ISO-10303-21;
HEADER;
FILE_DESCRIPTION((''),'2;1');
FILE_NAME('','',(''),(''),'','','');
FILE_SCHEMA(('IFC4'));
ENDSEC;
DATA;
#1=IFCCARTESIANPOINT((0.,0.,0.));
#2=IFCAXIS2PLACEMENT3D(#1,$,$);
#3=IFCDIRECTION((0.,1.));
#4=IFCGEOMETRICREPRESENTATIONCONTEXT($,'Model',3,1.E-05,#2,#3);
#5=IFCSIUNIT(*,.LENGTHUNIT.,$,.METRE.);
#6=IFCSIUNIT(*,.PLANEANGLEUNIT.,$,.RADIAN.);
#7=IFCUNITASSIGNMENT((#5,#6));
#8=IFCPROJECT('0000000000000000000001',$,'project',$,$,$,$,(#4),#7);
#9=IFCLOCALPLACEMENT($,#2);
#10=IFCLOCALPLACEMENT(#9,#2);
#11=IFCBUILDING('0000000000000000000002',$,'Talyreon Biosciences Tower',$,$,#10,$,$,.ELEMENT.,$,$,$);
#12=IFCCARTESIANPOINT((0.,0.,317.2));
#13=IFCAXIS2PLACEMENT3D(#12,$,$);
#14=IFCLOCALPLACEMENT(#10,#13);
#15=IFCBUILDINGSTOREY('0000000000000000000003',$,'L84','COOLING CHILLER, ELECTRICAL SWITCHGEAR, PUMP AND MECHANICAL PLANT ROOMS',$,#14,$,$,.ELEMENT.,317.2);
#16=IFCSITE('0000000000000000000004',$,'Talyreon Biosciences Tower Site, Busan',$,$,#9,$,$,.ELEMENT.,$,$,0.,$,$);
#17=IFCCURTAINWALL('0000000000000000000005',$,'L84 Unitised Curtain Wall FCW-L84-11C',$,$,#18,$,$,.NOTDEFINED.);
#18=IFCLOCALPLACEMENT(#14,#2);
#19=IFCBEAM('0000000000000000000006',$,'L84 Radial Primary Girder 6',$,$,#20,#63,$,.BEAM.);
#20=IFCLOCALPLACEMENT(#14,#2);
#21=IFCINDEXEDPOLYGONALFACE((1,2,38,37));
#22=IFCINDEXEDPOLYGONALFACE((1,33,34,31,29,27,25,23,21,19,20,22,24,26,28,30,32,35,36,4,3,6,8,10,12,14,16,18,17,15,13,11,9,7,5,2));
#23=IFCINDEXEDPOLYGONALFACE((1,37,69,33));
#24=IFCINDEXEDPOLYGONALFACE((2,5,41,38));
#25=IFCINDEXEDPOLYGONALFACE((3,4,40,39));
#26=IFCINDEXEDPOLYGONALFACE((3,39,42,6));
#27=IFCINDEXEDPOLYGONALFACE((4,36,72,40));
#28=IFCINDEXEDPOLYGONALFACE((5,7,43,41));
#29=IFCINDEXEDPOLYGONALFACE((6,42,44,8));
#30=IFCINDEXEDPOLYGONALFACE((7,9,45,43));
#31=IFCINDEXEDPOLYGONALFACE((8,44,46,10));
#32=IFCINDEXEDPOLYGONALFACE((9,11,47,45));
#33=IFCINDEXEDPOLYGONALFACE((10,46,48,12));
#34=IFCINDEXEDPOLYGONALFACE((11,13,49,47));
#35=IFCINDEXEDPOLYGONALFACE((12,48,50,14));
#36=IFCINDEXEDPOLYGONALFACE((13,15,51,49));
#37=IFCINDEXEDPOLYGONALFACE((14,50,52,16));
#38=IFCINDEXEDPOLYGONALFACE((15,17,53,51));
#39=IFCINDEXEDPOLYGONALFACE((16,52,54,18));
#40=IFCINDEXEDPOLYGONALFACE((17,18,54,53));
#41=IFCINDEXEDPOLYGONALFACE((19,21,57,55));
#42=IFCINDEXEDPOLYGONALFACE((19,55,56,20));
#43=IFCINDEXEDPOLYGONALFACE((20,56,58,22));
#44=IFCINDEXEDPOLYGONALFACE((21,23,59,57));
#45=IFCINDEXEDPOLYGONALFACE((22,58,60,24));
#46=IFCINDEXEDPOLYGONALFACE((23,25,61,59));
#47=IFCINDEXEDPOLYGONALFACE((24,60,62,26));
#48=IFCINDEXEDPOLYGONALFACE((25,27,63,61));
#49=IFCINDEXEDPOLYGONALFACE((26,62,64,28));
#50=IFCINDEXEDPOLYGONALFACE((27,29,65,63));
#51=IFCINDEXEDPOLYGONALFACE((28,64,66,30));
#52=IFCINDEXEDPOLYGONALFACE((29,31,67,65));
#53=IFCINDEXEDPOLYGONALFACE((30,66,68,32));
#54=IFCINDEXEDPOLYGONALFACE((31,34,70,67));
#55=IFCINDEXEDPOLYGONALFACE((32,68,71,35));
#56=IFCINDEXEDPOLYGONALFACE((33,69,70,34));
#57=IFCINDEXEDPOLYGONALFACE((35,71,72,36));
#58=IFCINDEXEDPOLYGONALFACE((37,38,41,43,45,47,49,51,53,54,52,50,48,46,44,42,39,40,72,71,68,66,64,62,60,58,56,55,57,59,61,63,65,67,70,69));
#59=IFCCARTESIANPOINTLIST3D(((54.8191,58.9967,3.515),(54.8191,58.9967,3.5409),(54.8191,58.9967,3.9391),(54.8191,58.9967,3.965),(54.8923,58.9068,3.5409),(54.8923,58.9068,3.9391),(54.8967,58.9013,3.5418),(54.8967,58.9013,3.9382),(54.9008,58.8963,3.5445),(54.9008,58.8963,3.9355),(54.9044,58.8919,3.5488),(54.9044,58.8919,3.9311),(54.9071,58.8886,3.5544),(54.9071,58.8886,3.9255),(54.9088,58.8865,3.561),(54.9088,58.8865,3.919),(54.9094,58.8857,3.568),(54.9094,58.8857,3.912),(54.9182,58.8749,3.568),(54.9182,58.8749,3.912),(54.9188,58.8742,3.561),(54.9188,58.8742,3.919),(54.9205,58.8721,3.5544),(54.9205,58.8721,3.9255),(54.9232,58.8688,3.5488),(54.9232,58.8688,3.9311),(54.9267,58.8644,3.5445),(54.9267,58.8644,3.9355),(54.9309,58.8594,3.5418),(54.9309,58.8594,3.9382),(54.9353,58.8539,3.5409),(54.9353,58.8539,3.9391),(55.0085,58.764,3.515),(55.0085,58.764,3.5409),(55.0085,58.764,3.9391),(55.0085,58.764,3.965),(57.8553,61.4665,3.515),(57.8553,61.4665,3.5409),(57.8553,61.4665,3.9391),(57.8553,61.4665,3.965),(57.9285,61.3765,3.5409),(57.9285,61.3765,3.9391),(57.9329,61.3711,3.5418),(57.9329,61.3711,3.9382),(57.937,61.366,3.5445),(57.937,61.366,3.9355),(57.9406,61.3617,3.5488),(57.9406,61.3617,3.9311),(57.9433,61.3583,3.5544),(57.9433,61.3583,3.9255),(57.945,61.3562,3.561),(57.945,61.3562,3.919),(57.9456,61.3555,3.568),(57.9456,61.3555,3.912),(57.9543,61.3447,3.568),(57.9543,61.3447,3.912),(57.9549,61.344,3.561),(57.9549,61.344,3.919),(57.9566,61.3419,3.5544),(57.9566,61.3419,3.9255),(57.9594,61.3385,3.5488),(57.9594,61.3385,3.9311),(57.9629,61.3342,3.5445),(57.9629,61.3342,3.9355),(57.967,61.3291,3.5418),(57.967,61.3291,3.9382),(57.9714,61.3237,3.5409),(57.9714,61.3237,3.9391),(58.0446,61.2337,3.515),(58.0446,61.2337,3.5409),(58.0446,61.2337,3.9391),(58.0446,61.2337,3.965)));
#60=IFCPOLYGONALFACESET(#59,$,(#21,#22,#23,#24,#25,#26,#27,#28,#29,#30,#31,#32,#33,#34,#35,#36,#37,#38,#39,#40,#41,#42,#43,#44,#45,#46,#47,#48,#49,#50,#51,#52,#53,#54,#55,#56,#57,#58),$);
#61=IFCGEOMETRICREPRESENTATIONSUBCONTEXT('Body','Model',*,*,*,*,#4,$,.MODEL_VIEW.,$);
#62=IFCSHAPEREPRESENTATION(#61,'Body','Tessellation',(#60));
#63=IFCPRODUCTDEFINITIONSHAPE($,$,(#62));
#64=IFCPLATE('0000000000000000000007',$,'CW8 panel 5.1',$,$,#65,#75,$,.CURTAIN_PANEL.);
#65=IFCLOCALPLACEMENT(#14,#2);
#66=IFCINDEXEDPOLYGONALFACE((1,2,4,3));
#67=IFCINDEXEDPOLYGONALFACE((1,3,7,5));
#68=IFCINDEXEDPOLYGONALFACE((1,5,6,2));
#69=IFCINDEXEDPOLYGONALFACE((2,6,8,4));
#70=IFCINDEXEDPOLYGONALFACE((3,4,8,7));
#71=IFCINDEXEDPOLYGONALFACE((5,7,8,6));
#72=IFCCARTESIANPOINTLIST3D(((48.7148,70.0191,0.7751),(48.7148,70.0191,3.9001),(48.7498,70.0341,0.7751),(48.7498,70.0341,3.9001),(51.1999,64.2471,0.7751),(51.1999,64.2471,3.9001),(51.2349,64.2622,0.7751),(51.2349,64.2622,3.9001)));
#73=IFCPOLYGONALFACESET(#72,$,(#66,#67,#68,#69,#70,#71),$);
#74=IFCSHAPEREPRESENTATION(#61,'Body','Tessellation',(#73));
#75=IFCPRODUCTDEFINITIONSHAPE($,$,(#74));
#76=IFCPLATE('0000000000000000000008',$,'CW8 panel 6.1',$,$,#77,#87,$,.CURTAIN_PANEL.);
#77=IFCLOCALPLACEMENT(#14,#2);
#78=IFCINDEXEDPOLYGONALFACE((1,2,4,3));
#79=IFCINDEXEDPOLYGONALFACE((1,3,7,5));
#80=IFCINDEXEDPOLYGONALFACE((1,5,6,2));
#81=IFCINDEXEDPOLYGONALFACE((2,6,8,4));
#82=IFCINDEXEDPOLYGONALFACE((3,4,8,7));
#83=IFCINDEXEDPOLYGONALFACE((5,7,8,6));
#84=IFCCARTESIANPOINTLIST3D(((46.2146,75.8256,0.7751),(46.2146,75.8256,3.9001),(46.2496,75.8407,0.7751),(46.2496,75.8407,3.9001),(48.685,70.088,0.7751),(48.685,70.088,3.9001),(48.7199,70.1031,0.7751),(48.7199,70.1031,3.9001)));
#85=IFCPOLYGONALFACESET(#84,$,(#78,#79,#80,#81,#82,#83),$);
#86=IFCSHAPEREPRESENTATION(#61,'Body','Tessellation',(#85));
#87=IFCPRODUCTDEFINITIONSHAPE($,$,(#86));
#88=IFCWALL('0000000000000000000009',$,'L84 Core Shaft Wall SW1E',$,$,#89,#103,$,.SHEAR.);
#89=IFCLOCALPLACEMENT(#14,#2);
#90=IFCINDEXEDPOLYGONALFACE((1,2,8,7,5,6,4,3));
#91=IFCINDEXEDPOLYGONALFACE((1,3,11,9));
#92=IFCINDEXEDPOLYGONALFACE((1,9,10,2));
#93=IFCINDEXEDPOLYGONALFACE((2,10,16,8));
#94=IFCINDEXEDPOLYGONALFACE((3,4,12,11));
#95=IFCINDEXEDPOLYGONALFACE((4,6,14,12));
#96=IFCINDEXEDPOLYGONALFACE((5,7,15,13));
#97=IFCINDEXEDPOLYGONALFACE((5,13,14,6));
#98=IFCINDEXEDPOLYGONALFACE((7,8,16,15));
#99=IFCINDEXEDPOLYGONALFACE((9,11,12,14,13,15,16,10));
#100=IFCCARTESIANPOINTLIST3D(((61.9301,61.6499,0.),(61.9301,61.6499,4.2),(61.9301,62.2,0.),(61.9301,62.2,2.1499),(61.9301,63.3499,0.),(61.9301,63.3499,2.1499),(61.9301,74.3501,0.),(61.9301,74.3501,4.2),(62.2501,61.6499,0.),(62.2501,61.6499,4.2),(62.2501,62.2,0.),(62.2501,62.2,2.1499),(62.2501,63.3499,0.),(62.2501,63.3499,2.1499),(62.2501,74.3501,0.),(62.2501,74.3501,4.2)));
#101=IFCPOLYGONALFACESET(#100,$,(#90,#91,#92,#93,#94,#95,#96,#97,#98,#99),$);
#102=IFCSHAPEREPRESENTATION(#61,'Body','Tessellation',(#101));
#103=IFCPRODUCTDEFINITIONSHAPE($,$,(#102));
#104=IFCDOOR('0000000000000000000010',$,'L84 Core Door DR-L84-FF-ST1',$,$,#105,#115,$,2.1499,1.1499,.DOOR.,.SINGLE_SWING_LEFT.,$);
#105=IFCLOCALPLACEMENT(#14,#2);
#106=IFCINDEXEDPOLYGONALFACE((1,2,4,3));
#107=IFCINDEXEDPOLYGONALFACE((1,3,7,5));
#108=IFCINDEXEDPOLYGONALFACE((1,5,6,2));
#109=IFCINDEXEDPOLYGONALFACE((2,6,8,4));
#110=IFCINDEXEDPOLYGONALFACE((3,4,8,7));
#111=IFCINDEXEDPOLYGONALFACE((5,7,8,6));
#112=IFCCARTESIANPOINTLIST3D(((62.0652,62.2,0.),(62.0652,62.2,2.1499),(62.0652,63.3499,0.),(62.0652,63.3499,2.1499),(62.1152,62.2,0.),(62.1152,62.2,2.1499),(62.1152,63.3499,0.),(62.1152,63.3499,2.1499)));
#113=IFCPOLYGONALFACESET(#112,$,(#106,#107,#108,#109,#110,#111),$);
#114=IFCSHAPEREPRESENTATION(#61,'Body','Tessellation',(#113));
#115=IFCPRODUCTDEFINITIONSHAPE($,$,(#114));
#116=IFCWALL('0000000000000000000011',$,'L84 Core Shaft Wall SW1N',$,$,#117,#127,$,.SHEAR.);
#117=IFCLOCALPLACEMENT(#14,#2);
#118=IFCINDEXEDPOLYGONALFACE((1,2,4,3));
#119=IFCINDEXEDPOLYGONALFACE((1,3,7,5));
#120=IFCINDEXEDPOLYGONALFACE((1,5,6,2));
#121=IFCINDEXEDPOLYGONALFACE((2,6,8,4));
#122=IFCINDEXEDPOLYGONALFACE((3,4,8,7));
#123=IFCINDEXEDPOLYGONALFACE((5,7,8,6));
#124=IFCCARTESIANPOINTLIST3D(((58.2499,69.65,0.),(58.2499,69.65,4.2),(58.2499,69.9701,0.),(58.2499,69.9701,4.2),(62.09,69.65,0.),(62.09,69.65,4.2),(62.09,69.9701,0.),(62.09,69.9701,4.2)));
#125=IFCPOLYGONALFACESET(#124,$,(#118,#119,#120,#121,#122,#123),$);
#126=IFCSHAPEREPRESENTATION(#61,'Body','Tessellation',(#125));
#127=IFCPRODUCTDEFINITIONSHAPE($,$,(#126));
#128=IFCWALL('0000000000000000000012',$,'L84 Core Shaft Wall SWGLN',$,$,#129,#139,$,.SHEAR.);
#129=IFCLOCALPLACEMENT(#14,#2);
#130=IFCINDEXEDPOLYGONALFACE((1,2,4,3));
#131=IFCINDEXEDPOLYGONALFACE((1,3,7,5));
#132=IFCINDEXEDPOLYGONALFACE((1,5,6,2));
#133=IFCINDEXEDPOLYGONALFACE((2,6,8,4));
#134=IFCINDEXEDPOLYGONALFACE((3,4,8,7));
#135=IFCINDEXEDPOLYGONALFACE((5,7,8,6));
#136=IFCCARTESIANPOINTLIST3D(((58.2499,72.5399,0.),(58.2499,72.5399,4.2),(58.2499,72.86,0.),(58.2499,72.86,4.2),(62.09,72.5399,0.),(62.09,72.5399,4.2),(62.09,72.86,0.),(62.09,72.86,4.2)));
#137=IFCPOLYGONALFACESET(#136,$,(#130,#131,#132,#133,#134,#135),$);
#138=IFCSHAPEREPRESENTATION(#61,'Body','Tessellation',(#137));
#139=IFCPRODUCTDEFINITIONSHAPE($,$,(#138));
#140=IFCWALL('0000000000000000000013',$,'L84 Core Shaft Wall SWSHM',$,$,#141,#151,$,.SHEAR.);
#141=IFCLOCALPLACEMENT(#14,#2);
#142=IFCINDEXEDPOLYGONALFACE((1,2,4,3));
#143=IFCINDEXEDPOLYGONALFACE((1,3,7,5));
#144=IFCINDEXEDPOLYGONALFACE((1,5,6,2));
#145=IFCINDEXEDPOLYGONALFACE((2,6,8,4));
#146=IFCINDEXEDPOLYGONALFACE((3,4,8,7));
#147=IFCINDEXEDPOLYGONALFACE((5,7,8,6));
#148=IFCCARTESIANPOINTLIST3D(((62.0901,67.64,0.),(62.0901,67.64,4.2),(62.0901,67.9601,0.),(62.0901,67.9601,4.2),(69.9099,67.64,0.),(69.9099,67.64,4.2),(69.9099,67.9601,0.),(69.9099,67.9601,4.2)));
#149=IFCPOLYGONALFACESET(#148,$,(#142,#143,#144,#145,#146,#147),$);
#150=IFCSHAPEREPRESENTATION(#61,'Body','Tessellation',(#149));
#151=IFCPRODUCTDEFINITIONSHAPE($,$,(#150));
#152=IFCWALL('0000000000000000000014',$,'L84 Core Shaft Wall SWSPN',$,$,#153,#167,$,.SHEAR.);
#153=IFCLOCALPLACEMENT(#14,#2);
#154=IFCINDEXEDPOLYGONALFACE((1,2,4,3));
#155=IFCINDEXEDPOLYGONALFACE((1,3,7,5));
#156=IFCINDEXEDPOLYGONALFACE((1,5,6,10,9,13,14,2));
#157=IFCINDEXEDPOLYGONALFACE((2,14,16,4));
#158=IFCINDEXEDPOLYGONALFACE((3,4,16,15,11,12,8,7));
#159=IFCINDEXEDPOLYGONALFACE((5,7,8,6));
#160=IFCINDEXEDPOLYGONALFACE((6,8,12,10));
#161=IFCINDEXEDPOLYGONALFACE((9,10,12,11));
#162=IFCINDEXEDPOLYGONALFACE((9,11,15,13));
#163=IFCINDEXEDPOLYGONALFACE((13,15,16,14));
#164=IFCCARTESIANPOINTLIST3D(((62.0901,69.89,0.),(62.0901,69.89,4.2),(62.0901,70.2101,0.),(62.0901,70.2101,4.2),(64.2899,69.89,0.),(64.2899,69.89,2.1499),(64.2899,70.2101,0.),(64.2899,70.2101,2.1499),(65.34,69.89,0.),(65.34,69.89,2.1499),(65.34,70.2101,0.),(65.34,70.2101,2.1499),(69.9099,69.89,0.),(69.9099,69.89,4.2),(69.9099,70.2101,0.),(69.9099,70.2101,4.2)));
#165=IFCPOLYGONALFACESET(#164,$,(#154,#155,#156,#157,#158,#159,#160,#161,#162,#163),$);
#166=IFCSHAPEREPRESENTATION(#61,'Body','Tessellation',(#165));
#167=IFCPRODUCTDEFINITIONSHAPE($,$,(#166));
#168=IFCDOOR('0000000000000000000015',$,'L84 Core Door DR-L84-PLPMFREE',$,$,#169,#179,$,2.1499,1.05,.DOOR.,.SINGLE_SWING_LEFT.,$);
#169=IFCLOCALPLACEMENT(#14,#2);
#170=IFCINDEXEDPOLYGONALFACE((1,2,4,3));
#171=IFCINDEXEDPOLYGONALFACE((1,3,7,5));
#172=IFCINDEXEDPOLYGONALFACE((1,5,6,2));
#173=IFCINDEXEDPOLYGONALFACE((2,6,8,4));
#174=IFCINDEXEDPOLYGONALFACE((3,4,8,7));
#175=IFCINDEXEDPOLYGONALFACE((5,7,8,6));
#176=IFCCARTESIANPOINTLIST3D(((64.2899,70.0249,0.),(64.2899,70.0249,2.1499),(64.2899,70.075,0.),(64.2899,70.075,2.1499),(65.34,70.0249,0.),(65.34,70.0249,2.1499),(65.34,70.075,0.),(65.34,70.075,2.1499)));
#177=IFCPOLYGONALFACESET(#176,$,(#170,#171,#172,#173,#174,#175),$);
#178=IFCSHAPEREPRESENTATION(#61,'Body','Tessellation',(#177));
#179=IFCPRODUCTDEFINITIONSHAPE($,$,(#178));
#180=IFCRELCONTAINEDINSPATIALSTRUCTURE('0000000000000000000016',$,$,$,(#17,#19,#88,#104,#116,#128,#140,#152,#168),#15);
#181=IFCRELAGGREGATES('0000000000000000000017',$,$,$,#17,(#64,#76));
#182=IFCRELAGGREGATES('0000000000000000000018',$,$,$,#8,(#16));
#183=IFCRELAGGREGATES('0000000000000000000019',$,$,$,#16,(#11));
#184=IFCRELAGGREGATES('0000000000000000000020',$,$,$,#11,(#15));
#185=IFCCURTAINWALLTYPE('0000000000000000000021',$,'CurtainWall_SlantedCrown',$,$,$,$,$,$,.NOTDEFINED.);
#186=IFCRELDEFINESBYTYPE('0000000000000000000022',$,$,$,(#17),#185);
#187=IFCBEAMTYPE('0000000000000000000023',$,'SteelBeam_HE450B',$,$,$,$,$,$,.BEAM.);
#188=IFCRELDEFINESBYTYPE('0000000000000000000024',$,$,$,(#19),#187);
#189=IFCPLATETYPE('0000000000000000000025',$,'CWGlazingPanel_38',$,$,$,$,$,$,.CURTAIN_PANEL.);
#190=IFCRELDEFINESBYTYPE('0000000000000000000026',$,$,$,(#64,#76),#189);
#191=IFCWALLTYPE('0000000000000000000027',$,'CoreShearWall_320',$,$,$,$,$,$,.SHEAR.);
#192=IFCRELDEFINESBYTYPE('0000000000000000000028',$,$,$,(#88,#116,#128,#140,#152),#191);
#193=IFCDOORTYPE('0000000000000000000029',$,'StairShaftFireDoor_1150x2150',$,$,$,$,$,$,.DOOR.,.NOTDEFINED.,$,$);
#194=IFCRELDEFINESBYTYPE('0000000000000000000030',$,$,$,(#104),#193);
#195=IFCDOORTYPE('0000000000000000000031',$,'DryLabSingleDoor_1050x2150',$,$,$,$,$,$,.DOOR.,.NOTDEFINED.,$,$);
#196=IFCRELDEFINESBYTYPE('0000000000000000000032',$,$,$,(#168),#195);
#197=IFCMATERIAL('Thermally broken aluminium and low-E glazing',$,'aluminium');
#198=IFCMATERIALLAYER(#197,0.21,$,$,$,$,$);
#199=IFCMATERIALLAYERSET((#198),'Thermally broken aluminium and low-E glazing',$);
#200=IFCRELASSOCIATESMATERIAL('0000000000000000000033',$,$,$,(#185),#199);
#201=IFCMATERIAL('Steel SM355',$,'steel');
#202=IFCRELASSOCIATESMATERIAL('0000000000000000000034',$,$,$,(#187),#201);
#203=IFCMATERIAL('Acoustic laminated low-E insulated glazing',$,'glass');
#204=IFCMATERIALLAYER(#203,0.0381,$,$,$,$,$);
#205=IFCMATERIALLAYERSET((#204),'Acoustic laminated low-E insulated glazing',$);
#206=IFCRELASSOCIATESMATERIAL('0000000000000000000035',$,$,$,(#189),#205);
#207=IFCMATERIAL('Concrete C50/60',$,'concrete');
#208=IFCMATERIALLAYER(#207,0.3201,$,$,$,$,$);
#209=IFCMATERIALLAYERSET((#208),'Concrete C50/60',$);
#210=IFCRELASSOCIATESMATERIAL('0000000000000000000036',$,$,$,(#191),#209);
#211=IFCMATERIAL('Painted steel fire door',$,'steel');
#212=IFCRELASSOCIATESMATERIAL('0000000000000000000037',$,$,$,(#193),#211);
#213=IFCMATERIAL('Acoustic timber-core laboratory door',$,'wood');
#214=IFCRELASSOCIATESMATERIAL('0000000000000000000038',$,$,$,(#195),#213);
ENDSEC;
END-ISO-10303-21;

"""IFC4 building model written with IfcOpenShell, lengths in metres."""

from ifc_helpers import new_model, si_unit, direction, frame, frame_2d, origin, origin_2d, place, context, subcontext, project, spatial, rectangle, i_section, extrude, material, layer, layer_set, material_profile, profile_set, type_object, element, fill, aggregate, save


model = new_model("IFC4")

# Units and contexts
model_context = context("Model", 3, precision=1e-05, world=origin(), true_north=direction((0.0, 1.0)))
body_context = subcontext(model_context, "Body", "Model", "MODEL_VIEW")
ifc_project = project(units=[si_unit("LENGTHUNIT", "METRE"), si_unit("PLANEANGLEUNIT", "RADIAN")], contexts=[model_context])

# Site, building, storey
site_placement = place(None, origin())
site = spatial("IfcSite", under=ifc_project, at=site_placement, Name="Talyreon Biosciences Tower Site, Busan", CompositionType="ELEMENT", RefElevation=0.0)
building_placement = place(site_placement, origin())
building = spatial("IfcBuilding", under=site, at=building_placement, Name="Talyreon Biosciences Tower", CompositionType="ELEMENT")
storey_placement = place(building_placement, frame((0.0, 0.0, 317.2)))
storey = spatial("IfcBuildingStorey", under=building, at=storey_placement, Name="L84", Description="COOLING CHILLER, ELECTRICAL SWITCHGEAR, PUMP AND MECHANICAL PLANT ROOMS", CompositionType="ELEMENT", Elevation=317.2)

# Shared definitions
ifc_material_1 = material(Name="Concrete C50/60", Category="concrete")

# Curtain wall
ifc_material_2 = material(Name="Thermally broken aluminium and low-E glazing", Category="aluminium")
ifc_layer_1 = layer(ifc_material_2, 0.21)
ifc_layer_set_1 = layer_set([ifc_layer_1], Name="Thermally broken aluminium and low-E glazing")
curtain_wall_type = type_object("IfcCurtainWallType", Name="CurtainWall_SlantedCrown", PredefinedType="NOTDEFINED", material=ifc_layer_set_1)
curtain_wall_placement = place(storey_placement, origin())
curtain_wall = element("IfcCurtainWall", 1, at=curtain_wall_placement, inside=storey, type_object=curtain_wall_type, Name="L84 Unitised Curtain Wall FCW-L84-11C", PredefinedType="NOTDEFINED")

# Beam
ifc_material_3 = material(Name="Steel SM355", Category="steel")
ifc_material_profile_1 = material_profile(ifc_material_3, i_section(OverallWidth=0.3, OverallDepth=0.45, WebThickness=0.0139, FlangeThickness=0.0259, FilletRadius=0.0271, at=origin_2d()), Name="HE450B")
ifc_profile_set_1 = profile_set([ifc_material_profile_1], Name="Steel SM355")
beam_type = type_object("IfcBeamType", Name="SteelBeam_HE450B", PredefinedType="BEAM", material=ifc_profile_set_1)
beam_1_placement = place(storey_placement, frame((57.95, 61.3501, 3.74), z_axis=(-0.775755, -0.631034, 0.0), x_axis=(0.631034, -0.775755, 0.0)))
element("IfcBeam", 2, at=beam_1_placement, inside=storey, type_object=beam_type, Name="L84 Radial Primary Girder 6", PredefinedType="BEAM", context=body_context, shape_type="SweptSolid", body=[
    extrude(i_section(OverallWidth=0.3, OverallDepth=0.45, WebThickness=0.0139, FlangeThickness=0.0259, FilletRadius=0.0271, at=origin_2d()), origin(), (0.0, 0.0, 1.0), 3.9138),
])

# Plates
ifc_material_4 = material(Name="Acoustic laminated low-E insulated glazing", Category="glass")
ifc_layer_2 = layer(ifc_material_4, 0.0381)
ifc_layer_set_2 = layer_set([ifc_layer_2], Name="Acoustic laminated low-E insulated glazing")
plate_type = type_object("IfcPlateType", Name="CWGlazingPanel_38", PredefinedType="CURTAIN_PANEL", material=ifc_layer_set_2)
plate_1_placement = place(storey_placement, frame((49.9749, 67.1406, 0.7751), z_axis=(0.0, 0.0, 1.0), x_axis=(-0.395451, 0.918487, 0.0)))
plate_1 = element("IfcPlate", 3, at=plate_1_placement, type_object=plate_type, Name="CW8 panel 5.1", PredefinedType="CURTAIN_PANEL", context=body_context, shape_type="SweptSolid", body=[
    extrude(rectangle(XDim=6.2842, YDim=0.0381, at=origin_2d()), origin(), (0.0, 0.0, 1.0), 3.125),
])
plate_2_placement = place(storey_placement, frame((47.4673, 72.9644, 0.7751), z_axis=(0.0, 0.0, 1.0), x_axis=(-0.395451, 0.918487, 0.0)))
plate_2 = element("IfcPlate", 4, at=plate_2_placement, type_object=plate_type, Name="CW8 panel 6.1", PredefinedType="CURTAIN_PANEL", context=body_context, shape_type="SweptSolid", body=[
    extrude(rectangle(XDim=6.2468, YDim=0.0381, at=origin_2d()), origin(), (0.0, 0.0, 1.0), 3.125),
])
aggregate(curtain_wall, [plate_1, plate_2])

# Wall, opening, door
ifc_layer_3 = layer(ifc_material_1, 0.3201)
ifc_layer_set_3 = layer_set([ifc_layer_3], Name="Concrete C50/60")
wall_type_1 = type_object("IfcWallType", Name="CoreShearWall_320", PredefinedType="SHEAR", material=ifc_layer_set_3)
wall_1_placement = place(storey_placement, frame((62.0901, 61.6499, 0.0), z_axis=(0.0, 0.0, 1.0), x_axis=(0.0, 1.0, 0.0)))
wall_1 = element("IfcWall", 5, at=wall_1_placement, inside=storey, type_object=wall_type_1, Name="L84 Core Shaft Wall SW1E", PredefinedType="SHEAR", context=body_context, shape_type="SweptSolid", body=[
    extrude(rectangle(XDim=12.7002, YDim=0.3201, at=frame_2d((6.3501, 0.0))), origin(), (0.0, 0.0, 1.0), 4.2),
])
opening_1_placement = place(wall_1_placement, frame((0.55, 0.0, 0.0)))
opening_1 = element("IfcOpeningElement", 6, at=opening_1_placement, cuts=wall_1, PredefinedType="OPENING", context=body_context, shape_type="SweptSolid", body=[
    extrude(rectangle(XDim=1.1499, YDim=2.1499, at=frame_2d((0.575, 1.075))), frame((0.0, 0.1699, 0.0), z_axis=(0.0, -1.0, 0.0), x_axis=(1.0, 0.0, 0.0)), (0.0, 0.0, 1.0), 0.3401),
])
ifc_material_5 = material(Name="Painted steel fire door", Category="steel")
door_type_1 = type_object("IfcDoorType", Name="StairShaftFireDoor_1150x2150", OperationType="NOTDEFINED", PredefinedType="DOOR", material=ifc_material_5)
door_1_placement = place(opening_1_placement, origin())
door_1 = element("IfcDoor", 7, at=door_1_placement, inside=storey, type_object=door_type_1, Name="L84 Core Door DR-L84-FF-ST1", OperationType="SINGLE_SWING_LEFT", OverallHeight=2.1499, OverallWidth=1.1499, PredefinedType="DOOR", context=body_context, shape_type="SweptSolid", body=[
    extrude(rectangle(XDim=1.1499, YDim=2.1499, at=frame_2d((0.575, 1.075))), frame((0.0, 0.0249, 0.0), z_axis=(0.0, -1.0, 0.0), x_axis=(1.0, 0.0, 0.0)), (0.0, 0.0, 1.0), 0.05),
])
fill(opening_1, door_1)

# Walls
for number, where, z_axis, x_axis, name in (
    (8, (58.25, 69.8101, 0.0), (0.0, 0.0, 1.0), (1.0, 0.0, 0.0), "L84 Core Shaft Wall SW1N"),
    (9, (58.25, 72.7, 0.0), (0.0, 0.0, 1.0), (1.0, 0.0, 0.0), "L84 Core Shaft Wall SWGLN"),
):
    element("IfcWall", number, at=place(storey_placement, frame(where, z_axis=z_axis, x_axis=x_axis)), inside=storey, type_object=wall_type_1, Name=name, PredefinedType="SHEAR", context=body_context, shape_type="SweptSolid", body=[
        extrude(rectangle(XDim=3.8401, YDim=0.3201, at=frame_2d((1.9199, 0.0))), origin(), (0.0, 0.0, 1.0), 4.2),
    ])
wall_2_placement = place(storey_placement, frame((62.0901, 67.8, 0.0), z_axis=(0.0, 0.0, 1.0), x_axis=(1.0, 0.0, 0.0)))
element("IfcWall", 10, at=wall_2_placement, inside=storey, type_object=wall_type_1, Name="L84 Core Shaft Wall SWSHM", PredefinedType="SHEAR", context=body_context, shape_type="SweptSolid", body=[
    extrude(rectangle(XDim=7.8198, YDim=0.3201, at=frame_2d((3.9099, 0.0))), origin(), (0.0, 0.0, 1.0), 4.2),
])

# Wall, opening, door
wall_3_placement = place(storey_placement, frame((62.0901, 70.05, 0.0), z_axis=(0.0, 0.0, 1.0), x_axis=(1.0, 0.0, 0.0)))
wall_3 = element("IfcWall", 11, at=wall_3_placement, inside=storey, type_object=wall_type_1, Name="L84 Core Shaft Wall SWSPN", PredefinedType="SHEAR", context=body_context, shape_type="SweptSolid", body=[
    extrude(rectangle(XDim=7.8198, YDim=0.3201, at=frame_2d((3.9099, 0.0))), origin(), (0.0, 0.0, 1.0), 4.2),
])
opening_2_placement = place(wall_3_placement, frame((2.2, 0.0, 0.0)))
opening_2 = element("IfcOpeningElement", 12, at=opening_2_placement, cuts=wall_3, PredefinedType="OPENING", context=body_context, shape_type="SweptSolid", body=[
    extrude(rectangle(XDim=1.05, YDim=2.1499, at=frame_2d((0.5249, 1.075))), frame((0.0, 0.1699, 0.0), z_axis=(0.0, -1.0, 0.0), x_axis=(1.0, 0.0, 0.0)), (0.0, 0.0, 1.0), 0.3401),
])
ifc_material_6 = material(Name="Acoustic timber-core laboratory door", Category="wood")
door_type_2 = type_object("IfcDoorType", Name="DryLabSingleDoor_1050x2150", OperationType="NOTDEFINED", PredefinedType="DOOR", material=ifc_material_6)
door_2_placement = place(opening_2_placement, origin())
door_2 = element("IfcDoor", 13, at=door_2_placement, inside=storey, type_object=door_type_2, Name="L84 Core Door DR-L84-PLPMFREE", OperationType="SINGLE_SWING_LEFT", OverallHeight=2.1499, OverallWidth=1.05, PredefinedType="DOOR", context=body_context, shape_type="SweptSolid", body=[
    extrude(rectangle(XDim=1.05, YDim=2.1499, at=frame_2d((0.5249, 1.075))), frame((0.0, 0.0249, 0.0), z_axis=(0.0, -1.0, 0.0), x_axis=(1.0, 0.0, 0.0)), (0.0, 0.0, 1.0), 0.05),
])
fill(opening_2, door_2)

save(model, "model.ifc")
